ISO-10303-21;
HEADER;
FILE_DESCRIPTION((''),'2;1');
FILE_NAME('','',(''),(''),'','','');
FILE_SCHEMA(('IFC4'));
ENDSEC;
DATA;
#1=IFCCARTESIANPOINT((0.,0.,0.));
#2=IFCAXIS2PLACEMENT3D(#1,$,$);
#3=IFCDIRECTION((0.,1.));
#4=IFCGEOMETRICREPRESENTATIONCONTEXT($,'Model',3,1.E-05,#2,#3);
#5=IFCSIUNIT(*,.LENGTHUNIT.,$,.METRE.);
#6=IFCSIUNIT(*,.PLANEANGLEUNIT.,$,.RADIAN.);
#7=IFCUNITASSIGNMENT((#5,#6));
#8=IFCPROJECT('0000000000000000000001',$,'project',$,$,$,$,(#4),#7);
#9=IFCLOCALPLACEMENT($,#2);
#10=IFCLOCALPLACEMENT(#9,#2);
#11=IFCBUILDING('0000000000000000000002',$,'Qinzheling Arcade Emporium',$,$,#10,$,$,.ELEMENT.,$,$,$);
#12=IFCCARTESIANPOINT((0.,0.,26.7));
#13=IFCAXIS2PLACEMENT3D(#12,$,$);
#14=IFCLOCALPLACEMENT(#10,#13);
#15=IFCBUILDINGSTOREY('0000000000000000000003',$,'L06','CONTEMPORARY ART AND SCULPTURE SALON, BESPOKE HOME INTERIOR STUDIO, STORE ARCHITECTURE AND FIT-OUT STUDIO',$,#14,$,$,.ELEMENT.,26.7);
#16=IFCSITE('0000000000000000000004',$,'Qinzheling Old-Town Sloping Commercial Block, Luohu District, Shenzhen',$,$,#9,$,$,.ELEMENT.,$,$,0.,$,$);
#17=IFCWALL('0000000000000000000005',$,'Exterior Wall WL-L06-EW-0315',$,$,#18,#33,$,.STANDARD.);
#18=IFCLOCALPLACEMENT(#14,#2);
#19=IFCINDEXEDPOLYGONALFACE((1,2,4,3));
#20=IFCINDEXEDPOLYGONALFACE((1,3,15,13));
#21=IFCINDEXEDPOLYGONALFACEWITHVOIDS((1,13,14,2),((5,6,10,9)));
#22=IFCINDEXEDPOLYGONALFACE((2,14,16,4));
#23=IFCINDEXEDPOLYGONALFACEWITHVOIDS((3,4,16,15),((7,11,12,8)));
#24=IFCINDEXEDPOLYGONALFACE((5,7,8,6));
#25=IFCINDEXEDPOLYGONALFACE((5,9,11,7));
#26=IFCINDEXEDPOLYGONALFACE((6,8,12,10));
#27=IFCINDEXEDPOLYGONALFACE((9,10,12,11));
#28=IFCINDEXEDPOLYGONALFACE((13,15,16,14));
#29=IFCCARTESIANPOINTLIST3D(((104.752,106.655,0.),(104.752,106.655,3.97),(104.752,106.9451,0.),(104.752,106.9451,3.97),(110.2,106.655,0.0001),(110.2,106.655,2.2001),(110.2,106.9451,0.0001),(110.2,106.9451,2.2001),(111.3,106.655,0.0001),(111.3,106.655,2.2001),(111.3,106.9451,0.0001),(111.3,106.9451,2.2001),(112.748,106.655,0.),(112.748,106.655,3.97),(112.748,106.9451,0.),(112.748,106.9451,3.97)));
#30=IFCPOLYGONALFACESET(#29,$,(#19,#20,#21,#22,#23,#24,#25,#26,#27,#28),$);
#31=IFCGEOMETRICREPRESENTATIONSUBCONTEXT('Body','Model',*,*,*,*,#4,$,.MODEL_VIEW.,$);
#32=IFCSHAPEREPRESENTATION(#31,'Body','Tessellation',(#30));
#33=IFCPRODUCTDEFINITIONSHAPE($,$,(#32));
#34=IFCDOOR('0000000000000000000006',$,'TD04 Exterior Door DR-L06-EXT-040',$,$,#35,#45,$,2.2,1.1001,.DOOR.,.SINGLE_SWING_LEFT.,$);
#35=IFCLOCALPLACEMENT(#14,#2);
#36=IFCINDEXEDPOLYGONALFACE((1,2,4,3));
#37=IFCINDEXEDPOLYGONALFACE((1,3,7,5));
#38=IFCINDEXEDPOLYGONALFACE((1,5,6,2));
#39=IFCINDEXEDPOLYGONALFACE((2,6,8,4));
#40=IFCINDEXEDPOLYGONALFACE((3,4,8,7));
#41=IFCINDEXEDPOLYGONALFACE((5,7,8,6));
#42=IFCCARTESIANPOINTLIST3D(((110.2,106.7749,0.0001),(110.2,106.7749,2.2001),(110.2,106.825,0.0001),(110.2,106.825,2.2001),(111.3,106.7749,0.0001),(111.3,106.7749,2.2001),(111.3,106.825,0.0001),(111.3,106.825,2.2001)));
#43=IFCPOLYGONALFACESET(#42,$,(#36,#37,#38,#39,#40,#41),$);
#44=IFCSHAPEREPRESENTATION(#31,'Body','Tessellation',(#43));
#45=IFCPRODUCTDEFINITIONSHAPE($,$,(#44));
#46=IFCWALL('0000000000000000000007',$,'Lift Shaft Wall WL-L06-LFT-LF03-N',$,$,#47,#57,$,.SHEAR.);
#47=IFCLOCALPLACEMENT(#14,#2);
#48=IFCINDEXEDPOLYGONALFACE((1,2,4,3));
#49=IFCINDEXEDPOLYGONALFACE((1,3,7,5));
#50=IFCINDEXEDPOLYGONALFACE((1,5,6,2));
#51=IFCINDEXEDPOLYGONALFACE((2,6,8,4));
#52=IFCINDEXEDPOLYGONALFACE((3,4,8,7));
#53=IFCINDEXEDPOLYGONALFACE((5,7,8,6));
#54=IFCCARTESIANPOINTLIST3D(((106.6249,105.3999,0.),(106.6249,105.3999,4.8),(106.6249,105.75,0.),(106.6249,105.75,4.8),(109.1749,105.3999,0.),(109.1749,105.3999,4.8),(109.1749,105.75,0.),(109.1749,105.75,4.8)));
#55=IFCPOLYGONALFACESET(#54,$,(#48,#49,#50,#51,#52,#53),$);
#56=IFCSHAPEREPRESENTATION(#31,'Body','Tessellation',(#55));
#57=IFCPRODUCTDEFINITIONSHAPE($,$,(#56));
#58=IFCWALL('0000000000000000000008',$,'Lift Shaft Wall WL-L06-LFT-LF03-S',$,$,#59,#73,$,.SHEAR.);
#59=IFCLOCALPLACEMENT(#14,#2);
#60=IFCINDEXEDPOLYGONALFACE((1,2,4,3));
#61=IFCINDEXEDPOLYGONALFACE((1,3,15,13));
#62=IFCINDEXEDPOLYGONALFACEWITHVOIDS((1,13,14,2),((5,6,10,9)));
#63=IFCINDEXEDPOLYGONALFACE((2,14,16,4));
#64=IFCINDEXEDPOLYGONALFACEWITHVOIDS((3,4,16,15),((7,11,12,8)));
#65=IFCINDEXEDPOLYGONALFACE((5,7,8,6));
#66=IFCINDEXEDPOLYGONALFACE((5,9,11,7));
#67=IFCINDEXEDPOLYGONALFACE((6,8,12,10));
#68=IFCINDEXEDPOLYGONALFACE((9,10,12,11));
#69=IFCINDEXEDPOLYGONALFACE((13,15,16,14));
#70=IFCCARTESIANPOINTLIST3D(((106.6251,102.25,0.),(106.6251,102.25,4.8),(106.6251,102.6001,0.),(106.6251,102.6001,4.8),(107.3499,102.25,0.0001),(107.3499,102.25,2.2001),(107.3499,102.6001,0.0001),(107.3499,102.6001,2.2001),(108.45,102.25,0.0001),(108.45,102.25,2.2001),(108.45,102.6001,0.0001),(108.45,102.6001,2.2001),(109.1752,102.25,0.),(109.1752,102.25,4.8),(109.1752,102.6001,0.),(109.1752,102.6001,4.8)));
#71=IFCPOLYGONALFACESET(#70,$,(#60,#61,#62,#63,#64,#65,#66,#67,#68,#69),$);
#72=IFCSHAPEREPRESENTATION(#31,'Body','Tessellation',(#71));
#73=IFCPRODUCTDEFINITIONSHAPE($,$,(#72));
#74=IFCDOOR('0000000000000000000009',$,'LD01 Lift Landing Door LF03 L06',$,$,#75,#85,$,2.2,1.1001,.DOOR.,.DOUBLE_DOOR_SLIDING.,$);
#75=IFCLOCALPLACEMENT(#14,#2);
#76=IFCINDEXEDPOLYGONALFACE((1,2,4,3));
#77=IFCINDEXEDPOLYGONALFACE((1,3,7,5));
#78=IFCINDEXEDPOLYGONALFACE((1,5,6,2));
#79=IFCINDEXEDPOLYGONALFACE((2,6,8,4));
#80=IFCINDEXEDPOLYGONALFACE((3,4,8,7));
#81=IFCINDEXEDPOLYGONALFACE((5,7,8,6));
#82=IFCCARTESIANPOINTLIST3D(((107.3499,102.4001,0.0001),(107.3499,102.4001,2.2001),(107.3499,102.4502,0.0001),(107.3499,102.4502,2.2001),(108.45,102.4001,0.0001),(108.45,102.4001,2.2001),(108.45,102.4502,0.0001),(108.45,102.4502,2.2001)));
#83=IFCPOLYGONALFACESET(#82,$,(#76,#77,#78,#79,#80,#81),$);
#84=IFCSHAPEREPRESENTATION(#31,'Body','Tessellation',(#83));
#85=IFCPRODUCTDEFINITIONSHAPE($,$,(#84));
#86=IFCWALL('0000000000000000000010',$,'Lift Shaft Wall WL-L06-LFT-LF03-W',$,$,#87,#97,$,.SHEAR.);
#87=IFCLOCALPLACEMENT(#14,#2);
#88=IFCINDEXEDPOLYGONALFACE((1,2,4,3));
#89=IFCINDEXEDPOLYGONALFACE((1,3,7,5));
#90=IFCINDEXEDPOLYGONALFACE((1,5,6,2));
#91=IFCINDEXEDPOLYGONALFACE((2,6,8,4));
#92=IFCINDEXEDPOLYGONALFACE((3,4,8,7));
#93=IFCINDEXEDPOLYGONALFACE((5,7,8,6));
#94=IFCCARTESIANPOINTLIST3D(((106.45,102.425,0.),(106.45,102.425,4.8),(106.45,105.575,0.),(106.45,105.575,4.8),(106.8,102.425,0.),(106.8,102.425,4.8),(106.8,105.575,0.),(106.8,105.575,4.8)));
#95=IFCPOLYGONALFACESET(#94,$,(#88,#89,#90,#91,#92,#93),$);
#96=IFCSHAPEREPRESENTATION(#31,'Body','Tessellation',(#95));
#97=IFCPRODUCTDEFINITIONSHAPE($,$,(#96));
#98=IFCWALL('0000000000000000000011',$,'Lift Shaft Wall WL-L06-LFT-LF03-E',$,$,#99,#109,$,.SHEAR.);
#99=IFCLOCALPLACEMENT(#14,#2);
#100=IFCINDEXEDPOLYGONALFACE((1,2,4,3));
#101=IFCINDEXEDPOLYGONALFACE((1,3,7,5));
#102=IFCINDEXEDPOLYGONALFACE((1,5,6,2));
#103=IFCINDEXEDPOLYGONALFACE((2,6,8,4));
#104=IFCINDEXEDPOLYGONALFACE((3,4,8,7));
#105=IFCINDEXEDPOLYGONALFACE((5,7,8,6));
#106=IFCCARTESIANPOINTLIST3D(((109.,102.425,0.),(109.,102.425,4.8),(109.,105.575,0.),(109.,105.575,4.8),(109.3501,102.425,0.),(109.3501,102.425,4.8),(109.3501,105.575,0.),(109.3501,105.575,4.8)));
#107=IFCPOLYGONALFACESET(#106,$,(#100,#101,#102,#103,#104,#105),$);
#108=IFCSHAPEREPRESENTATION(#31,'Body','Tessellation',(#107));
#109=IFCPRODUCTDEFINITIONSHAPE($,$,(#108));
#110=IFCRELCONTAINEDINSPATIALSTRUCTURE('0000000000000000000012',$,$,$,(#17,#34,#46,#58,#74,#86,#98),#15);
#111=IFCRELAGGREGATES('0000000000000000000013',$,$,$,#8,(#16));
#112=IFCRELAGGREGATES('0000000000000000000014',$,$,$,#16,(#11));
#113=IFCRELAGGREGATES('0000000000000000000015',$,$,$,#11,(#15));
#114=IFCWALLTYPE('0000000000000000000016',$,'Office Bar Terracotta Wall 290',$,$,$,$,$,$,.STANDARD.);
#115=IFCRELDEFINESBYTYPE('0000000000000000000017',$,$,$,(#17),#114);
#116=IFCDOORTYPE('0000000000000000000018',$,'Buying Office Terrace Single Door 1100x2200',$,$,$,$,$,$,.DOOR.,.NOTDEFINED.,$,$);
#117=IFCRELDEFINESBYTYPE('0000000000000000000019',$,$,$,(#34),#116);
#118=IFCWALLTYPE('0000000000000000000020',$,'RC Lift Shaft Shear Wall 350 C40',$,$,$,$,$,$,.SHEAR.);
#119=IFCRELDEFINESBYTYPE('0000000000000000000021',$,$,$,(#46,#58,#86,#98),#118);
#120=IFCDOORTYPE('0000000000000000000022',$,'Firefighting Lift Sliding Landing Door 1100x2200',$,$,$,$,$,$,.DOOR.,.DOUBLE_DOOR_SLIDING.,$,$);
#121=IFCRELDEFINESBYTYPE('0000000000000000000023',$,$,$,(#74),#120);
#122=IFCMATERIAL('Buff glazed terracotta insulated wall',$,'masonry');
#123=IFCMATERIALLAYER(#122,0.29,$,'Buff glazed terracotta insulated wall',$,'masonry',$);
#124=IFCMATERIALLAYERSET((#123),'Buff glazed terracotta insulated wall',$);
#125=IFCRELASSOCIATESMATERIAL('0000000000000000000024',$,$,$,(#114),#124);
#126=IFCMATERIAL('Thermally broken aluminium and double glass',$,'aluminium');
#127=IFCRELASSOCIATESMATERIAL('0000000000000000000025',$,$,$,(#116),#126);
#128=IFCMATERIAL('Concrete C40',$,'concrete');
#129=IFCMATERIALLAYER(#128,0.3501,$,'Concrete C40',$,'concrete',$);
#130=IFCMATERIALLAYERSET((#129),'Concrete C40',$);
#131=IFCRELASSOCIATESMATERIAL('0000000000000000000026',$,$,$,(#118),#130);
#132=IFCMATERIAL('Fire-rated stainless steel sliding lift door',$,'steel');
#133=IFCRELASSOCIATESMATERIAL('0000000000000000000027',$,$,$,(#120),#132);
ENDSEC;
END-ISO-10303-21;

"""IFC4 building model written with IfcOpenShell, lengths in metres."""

from ifc_helpers import new_model, si_unit, direction, frame, frame_2d, origin, place, context, subcontext, project, spatial, rectangle, extrude, material, layer, layer_set, type_object, element, fill, save


model = new_model("IFC4")

# Units and contexts
model_context = context("Model", 3, precision=1e-05, world=origin(), true_north=direction((0.0, 1.0)))
body_context = subcontext(model_context, "Body", "Model", "MODEL_VIEW")
ifc_project = project(units=[si_unit("LENGTHUNIT", "METRE"), si_unit("PLANEANGLEUNIT", "RADIAN")], contexts=[model_context])

# Site, building, storey
site_placement = place(None, origin())
site = spatial("IfcSite", under=ifc_project, at=site_placement, Name="Qinzheling Old-Town Sloping Commercial Block, Luohu District, Shenzhen", CompositionType="ELEMENT", RefElevation=0.0)
building_placement = place(site_placement, origin())
building = spatial("IfcBuilding", under=site, at=building_placement, Name="Qinzheling Arcade Emporium", CompositionType="ELEMENT")
storey_placement = place(building_placement, frame((0.0, 0.0, 26.7)))
storey = spatial("IfcBuildingStorey", under=building, at=storey_placement, Name="L06", Description="CONTEMPORARY ART AND SCULPTURE SALON, BESPOKE HOME INTERIOR STUDIO, STORE ARCHITECTURE AND FIT-OUT STUDIO", CompositionType="ELEMENT", Elevation=26.7)

# Shared definitions
ifc_material_1 = material(Name="Concrete C40", Category="concrete")

# Wall, opening, door
ifc_material_2 = material(Name="Buff glazed terracotta insulated wall", Category="masonry")
ifc_layer_1 = layer(ifc_material_2, 0.29, Name="Buff glazed terracotta insulated wall", Category="masonry")
ifc_layer_set_1 = layer_set([ifc_layer_1], Name="Buff glazed terracotta insulated wall")
wall_type_1 = type_object("IfcWallType", Name="Office Bar Terracotta Wall 290", PredefinedType="STANDARD", material=ifc_layer_set_1)
wall_1_placement = place(storey_placement, frame((104.752, 106.8, 0.0), z_axis=(0.0, 0.0, 1.0), x_axis=(1.0, 0.0, 0.0)))
wall_1 = element("IfcWall", 1, at=wall_1_placement, inside=storey, type_object=wall_type_1, Name="Exterior Wall WL-L06-EW-0315", PredefinedType="STANDARD", context=body_context, shape_type="SweptSolid", body=[
    extrude(rectangle(XDim=7.9961, YDim=0.29, at=frame_2d((3.998, 0.0))), origin(), (0.0, 0.0, 1.0), 3.97),
])
opening_1_placement = place(wall_1_placement, frame((5.448, 0.0, 0.0)))
opening_1 = element("IfcOpeningElement", 2, at=opening_1_placement, cuts=wall_1, PredefinedType="OPENING", context=body_context, shape_type="SweptSolid", body=[
    extrude(rectangle(XDim=1.1001, YDim=2.2, at=frame_2d((0.55, 1.1001))), frame((0.0, 0.155, 0.0), z_axis=(0.0, -1.0, 0.0), x_axis=(1.0, 0.0, 0.0)), (0.0, 0.0, 1.0), 0.3101),
])
ifc_material_3 = material(Name="Thermally broken aluminium and double glass", Category="aluminium")
door_type_1 = type_object("IfcDoorType", Name="Buying Office Terrace Single Door 1100x2200", OperationType="NOTDEFINED", PredefinedType="DOOR", material=ifc_material_3)
door_1_placement = place(opening_1_placement, origin())
door_1 = element("IfcDoor", 3, at=door_1_placement, inside=storey, type_object=door_type_1, Name="TD04 Exterior Door DR-L06-EXT-040", OperationType="SINGLE_SWING_LEFT", OverallHeight=2.2, OverallWidth=1.1001, PredefinedType="DOOR", context=body_context, shape_type="SweptSolid", body=[
    extrude(rectangle(XDim=1.1001, YDim=2.2, at=frame_2d((0.55, 1.1001))), frame((0.0, 0.0249, 0.0), z_axis=(0.0, -1.0, 0.0), x_axis=(1.0, 0.0, 0.0)), (0.0, 0.0, 1.0), 0.05),
])
fill(opening_1, door_1)

# Wall
ifc_layer_2 = layer(ifc_material_1, 0.3501, Name="Concrete C40", Category="concrete")
ifc_layer_set_2 = layer_set([ifc_layer_2], Name="Concrete C40")
wall_type_2 = type_object("IfcWallType", Name="RC Lift Shaft Shear Wall 350 C40", PredefinedType="SHEAR", material=ifc_layer_set_2)
wall_2_placement = place(storey_placement, frame((106.625, 105.575, 0.0), z_axis=(0.0, 0.0, 1.0), x_axis=(1.0, 0.0, 0.0)))
element("IfcWall", 4, at=wall_2_placement, inside=storey, type_object=wall_type_2, Name="Lift Shaft Wall WL-L06-LFT-LF03-N", PredefinedType="SHEAR", context=body_context, shape_type="SweptSolid", body=[
    extrude(rectangle(XDim=2.55, YDim=0.3501, at=frame_2d((1.2749, 0.0))), origin(), (0.0, 0.0, 1.0), 4.8),
])

# Wall, opening, door
wall_3_placement = place(storey_placement, frame((109.175, 102.425, 0.0), z_axis=(0.0, 0.0, 1.0), x_axis=(-1.0, 0.0, 0.0)))
wall_3 = element("IfcWall", 5, at=wall_3_placement, inside=storey, type_object=wall_type_2, Name="Lift Shaft Wall WL-L06-LFT-LF03-S", PredefinedType="SHEAR", context=body_context, shape_type="SweptSolid", body=[
    extrude(rectangle(XDim=2.55, YDim=0.3501, at=frame_2d((1.2749, 0.0))), origin(), (0.0, 0.0, 1.0), 4.8),
])
opening_2_placement = place(wall_3_placement, frame((0.7251, 0.0, 0.0)))
opening_2 = element("IfcOpeningElement", 6, at=opening_2_placement, cuts=wall_3, PredefinedType="OPENING", context=body_context, shape_type="SweptSolid", body=[
    extrude(rectangle(XDim=1.1001, YDim=2.2, at=frame_2d((0.55, 1.1001))), frame((0.0, 0.1851, 0.0), z_axis=(0.0, -1.0, 0.0), x_axis=(1.0, 0.0, 0.0)), (0.0, 0.0, 1.0), 0.3701),
])
ifc_material_4 = material(Name="Fire-rated stainless steel sliding lift door", Category="steel")
door_type_2 = type_object("IfcDoorType", Name="Firefighting Lift Sliding Landing Door 1100x2200", OperationType="DOUBLE_DOOR_SLIDING", PredefinedType="DOOR", material=ifc_material_4)
door_2_placement = place(opening_2_placement, origin())
door_2 = element("IfcDoor", 7, at=door_2_placement, inside=storey, type_object=door_type_2, Name="LD01 Lift Landing Door LF03 L06", OperationType="DOUBLE_DOOR_SLIDING", OverallHeight=2.2, OverallWidth=1.1001, PredefinedType="DOOR", context=body_context, shape_type="SweptSolid", body=[
    extrude(rectangle(XDim=1.1001, YDim=2.2, at=frame_2d((0.55, 1.1001))), frame((0.0, 0.0249, 0.0), z_axis=(0.0, -1.0, 0.0), x_axis=(1.0, 0.0, 0.0)), (0.0, 0.0, 1.0), 0.05),
])
fill(opening_2, door_2)

# Walls
for number, where, z_axis, x_axis, name in (
    (8, (106.625, 102.425, 0.0), (0.0, 0.0, 1.0), (0.0, 1.0, 0.0), "Lift Shaft Wall WL-L06-LFT-LF03-W"),
    (9, (109.175, 105.575, 0.0), (0.0, 0.0, 1.0), (0.0, -1.0, 0.0), "Lift Shaft Wall WL-L06-LFT-LF03-E"),
):
    element("IfcWall", number, at=place(storey_placement, frame(where, z_axis=z_axis, x_axis=x_axis)), inside=storey, type_object=wall_type_2, Name=name, PredefinedType="SHEAR", context=body_context, shape_type="SweptSolid", body=[
        extrude(rectangle(XDim=3.1499, YDim=0.3501, at=frame_2d((1.575, 0.0))), origin(), (0.0, 0.0, 1.0), 4.8),
    ])

save(model, "model.ifc")
